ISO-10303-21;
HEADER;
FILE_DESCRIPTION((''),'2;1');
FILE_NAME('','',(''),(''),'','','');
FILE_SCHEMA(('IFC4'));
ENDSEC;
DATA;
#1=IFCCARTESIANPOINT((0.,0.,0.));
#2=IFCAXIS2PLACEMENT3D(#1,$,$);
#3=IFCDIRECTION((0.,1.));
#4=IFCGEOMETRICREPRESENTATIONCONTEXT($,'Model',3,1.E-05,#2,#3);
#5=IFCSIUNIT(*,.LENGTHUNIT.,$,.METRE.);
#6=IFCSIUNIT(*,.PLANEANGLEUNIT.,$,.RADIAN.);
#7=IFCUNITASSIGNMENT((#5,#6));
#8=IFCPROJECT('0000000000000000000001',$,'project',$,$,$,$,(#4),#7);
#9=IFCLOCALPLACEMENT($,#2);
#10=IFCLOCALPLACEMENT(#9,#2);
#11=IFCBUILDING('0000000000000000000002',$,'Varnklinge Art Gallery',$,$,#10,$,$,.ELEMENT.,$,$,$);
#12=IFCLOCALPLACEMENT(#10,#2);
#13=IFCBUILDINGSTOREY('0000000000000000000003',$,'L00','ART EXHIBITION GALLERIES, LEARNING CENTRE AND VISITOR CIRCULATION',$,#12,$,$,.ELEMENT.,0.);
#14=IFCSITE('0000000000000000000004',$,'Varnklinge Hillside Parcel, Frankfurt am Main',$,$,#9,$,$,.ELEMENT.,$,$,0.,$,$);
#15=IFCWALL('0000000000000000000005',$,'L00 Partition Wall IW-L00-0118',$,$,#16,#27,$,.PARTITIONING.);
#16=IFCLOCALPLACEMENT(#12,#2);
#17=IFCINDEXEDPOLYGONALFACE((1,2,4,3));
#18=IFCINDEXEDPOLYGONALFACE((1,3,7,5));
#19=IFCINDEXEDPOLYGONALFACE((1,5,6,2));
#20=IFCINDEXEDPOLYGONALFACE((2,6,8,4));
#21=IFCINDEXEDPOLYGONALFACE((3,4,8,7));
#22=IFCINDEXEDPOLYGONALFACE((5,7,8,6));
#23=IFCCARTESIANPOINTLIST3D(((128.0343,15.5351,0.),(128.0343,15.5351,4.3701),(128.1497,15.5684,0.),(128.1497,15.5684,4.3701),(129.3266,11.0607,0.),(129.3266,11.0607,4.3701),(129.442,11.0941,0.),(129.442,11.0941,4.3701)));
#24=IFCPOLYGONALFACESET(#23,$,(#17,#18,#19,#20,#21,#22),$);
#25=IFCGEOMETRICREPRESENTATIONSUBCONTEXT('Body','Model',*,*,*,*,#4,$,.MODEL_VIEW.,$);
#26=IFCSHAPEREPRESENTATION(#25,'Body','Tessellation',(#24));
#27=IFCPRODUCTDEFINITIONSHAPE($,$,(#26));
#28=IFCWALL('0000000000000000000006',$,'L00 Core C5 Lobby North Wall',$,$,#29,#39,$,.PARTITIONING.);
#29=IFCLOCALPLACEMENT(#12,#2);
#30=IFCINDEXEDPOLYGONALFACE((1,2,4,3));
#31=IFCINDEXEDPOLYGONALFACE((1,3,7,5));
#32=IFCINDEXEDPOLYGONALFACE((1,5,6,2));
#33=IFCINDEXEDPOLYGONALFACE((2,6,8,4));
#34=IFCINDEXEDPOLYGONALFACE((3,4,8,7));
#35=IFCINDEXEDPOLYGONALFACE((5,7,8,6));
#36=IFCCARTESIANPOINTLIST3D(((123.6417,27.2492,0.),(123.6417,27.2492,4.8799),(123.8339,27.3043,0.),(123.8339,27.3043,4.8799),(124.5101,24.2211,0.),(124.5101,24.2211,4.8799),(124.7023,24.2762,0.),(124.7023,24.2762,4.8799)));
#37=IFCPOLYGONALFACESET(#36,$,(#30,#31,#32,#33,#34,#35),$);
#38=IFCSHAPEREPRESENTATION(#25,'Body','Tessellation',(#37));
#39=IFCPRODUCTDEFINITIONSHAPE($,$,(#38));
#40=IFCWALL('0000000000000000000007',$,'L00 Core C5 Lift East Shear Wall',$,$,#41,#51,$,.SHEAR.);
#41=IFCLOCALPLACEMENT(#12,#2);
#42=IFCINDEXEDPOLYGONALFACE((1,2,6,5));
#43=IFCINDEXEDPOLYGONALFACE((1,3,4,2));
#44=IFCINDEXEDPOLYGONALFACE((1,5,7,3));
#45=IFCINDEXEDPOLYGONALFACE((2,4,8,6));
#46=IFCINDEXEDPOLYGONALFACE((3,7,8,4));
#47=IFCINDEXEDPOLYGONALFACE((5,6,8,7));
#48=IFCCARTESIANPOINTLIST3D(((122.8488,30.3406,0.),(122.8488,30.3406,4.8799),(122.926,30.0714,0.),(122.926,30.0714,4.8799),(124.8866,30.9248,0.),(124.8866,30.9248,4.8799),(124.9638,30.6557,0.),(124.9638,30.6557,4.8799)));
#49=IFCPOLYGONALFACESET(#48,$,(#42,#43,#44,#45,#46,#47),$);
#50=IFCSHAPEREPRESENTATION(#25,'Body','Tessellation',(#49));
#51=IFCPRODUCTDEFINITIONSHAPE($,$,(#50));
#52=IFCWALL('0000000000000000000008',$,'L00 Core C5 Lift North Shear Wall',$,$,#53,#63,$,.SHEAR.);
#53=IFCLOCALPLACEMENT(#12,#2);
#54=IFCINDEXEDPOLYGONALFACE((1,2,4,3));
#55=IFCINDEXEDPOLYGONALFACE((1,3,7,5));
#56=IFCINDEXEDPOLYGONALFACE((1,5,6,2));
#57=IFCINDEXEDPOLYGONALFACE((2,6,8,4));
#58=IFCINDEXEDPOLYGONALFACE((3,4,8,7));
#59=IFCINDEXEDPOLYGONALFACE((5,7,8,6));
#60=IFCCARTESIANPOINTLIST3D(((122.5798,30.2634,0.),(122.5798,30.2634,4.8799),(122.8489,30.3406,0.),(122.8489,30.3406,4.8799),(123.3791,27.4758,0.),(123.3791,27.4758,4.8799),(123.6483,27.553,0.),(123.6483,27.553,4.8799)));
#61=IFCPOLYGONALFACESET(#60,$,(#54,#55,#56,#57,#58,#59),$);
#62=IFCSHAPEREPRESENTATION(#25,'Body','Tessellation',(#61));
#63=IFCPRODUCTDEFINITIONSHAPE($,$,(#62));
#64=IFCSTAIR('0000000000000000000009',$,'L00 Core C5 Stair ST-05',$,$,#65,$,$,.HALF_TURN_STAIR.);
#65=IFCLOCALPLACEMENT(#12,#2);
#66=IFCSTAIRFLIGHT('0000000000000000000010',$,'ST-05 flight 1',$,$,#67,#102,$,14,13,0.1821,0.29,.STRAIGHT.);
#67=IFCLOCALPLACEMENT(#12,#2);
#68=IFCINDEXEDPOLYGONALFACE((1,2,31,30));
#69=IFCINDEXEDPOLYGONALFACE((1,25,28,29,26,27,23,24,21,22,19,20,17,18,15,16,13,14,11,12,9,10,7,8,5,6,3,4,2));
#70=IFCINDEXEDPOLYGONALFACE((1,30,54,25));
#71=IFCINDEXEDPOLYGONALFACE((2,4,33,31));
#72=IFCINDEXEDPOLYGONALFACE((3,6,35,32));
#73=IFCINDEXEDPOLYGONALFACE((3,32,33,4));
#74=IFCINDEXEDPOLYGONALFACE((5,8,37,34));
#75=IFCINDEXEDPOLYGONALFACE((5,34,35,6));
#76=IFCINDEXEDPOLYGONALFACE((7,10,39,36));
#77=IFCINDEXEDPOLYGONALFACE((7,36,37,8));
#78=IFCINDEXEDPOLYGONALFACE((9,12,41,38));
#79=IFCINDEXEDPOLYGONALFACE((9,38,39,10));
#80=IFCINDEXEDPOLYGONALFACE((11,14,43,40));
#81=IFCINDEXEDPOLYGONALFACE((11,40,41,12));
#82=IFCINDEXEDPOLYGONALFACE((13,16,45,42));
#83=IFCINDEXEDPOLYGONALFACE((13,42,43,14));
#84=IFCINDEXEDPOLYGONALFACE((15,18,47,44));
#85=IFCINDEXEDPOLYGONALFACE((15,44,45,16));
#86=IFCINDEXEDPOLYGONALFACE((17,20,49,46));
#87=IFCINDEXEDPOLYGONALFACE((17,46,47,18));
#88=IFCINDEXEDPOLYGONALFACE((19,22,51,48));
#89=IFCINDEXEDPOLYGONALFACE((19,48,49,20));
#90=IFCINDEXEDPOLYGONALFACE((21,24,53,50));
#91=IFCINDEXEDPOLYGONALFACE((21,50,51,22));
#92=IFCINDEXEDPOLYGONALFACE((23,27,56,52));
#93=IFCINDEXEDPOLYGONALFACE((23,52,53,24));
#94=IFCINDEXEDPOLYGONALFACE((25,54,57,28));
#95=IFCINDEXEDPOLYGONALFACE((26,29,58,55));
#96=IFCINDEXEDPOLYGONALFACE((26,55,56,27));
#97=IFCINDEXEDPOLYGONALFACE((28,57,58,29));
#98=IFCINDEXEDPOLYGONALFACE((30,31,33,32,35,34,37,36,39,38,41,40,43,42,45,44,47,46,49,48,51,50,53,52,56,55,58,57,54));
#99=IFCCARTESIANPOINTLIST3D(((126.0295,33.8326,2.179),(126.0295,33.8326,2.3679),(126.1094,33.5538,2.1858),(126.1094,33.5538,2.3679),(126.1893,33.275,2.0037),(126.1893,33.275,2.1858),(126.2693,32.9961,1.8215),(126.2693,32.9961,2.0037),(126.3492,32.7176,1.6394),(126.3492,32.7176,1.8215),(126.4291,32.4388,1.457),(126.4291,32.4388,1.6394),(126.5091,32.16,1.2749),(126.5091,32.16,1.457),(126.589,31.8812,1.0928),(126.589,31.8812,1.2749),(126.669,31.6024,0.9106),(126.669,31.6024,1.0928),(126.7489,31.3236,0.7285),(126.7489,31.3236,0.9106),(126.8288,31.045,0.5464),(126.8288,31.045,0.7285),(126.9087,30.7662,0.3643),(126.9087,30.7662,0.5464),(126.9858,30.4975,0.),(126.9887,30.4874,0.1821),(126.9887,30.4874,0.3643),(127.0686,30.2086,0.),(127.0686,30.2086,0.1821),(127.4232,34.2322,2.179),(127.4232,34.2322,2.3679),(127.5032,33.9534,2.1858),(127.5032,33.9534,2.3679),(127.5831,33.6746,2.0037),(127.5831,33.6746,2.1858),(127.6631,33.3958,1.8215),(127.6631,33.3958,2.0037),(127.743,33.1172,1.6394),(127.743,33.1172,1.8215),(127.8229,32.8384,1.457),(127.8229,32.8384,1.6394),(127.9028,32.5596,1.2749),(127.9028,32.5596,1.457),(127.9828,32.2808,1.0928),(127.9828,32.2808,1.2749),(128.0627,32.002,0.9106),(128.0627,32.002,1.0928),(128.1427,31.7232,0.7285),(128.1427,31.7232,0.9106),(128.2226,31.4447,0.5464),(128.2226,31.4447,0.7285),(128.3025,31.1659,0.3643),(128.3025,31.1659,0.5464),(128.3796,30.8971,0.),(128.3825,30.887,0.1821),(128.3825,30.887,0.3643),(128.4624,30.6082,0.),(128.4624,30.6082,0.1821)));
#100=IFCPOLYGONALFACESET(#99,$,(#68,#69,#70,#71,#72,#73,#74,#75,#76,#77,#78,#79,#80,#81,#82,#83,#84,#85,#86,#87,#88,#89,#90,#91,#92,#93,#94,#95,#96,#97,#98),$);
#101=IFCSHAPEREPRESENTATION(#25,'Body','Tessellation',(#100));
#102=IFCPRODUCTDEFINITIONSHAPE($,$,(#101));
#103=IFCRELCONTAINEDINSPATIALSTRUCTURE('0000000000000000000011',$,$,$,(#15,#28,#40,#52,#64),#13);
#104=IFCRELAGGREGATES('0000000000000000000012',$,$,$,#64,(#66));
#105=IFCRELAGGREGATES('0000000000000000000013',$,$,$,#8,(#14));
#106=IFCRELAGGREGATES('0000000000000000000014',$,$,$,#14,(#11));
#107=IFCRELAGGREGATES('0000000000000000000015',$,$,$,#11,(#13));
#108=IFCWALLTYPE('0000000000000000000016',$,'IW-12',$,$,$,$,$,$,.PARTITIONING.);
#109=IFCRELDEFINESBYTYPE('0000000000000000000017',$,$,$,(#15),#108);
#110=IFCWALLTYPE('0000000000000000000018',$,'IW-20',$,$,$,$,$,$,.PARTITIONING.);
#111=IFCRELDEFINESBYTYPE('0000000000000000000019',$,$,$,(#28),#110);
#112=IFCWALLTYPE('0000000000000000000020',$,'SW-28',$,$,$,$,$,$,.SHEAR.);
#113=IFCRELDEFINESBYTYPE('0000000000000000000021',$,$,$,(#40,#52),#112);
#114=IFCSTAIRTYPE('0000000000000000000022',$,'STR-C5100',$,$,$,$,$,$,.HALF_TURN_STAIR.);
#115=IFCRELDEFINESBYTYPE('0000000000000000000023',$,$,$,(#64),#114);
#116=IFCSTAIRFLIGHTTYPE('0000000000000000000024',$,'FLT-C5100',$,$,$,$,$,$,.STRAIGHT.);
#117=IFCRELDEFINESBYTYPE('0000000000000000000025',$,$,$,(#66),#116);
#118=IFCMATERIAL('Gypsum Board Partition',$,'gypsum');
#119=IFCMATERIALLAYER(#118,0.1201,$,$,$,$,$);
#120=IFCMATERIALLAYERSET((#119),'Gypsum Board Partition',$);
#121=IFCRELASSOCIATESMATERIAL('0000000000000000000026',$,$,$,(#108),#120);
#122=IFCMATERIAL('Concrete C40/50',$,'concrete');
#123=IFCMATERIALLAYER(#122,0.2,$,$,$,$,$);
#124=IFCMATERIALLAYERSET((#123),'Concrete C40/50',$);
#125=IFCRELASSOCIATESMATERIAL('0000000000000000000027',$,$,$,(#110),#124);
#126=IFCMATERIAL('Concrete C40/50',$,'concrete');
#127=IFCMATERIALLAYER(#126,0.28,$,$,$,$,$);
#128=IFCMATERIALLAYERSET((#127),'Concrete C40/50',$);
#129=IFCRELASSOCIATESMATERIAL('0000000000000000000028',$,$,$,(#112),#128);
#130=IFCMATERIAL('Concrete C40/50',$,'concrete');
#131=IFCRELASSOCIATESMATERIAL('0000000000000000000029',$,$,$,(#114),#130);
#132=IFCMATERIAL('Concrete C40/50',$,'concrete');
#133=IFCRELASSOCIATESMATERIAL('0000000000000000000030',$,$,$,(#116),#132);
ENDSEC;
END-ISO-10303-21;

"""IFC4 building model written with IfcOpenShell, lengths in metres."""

from ifc_helpers import new_model, si_unit, direction, frame, frame_2d, origin, place, context, subcontext, project, spatial, polyline, rectangle, outline, extrude, material, layer, layer_set, type_object, element, aggregate, save


model = new_model("IFC4")

# Units and contexts
model_context = context("Model", 3, precision=1e-05, world=origin(), true_north=direction((0.0, 1.0)))
body_context = subcontext(model_context, "Body", "Model", "MODEL_VIEW")
ifc_project = project(units=[si_unit("LENGTHUNIT", "METRE"), si_unit("PLANEANGLEUNIT", "RADIAN")], contexts=[model_context])

# Site, building, storey
site_placement = place(None, origin())
site = spatial("IfcSite", under=ifc_project, at=site_placement, Name="Varnklinge Hillside Parcel, Frankfurt am Main", CompositionType="ELEMENT", RefElevation=0.0)
building_placement = place(site_placement, origin())
building = spatial("IfcBuilding", under=site, at=building_placement, Name="Varnklinge Art Gallery", CompositionType="ELEMENT")
storey_placement = place(building_placement, origin())
storey = spatial("IfcBuildingStorey", under=building, at=storey_placement, Name="L00", Description="ART EXHIBITION GALLERIES, LEARNING CENTRE AND VISITOR CIRCULATION", CompositionType="ELEMENT", Elevation=0.0)

# Shared definitions
ifc_material_1 = material(Name="Gypsum Board Partition", Category="gypsum")
ifc_layer_1 = layer(ifc_material_1, 0.1201)
ifc_layer_set_1 = layer_set([ifc_layer_1], Name="Gypsum Board Partition")
wall_type_1 = type_object("IfcWallType", Name="IW-12", PredefinedType="PARTITIONING", material=ifc_layer_set_1)

# Walls
wall_1_placement = place(storey_placement, frame((128.092, 15.5518, 0.0), z_axis=(0.0, 0.0, 1.0), x_axis=(0.277469, -0.960735, 0.0)))
element("IfcWall", 1, at=wall_1_placement, inside=storey, type_object=wall_type_1, Name="L00 Partition Wall IW-L00-0118", PredefinedType="PARTITIONING", context=body_context, shape_type="SweptSolid", body=[
    extrude(rectangle(XDim=4.6572, YDim=0.1201, at=frame_2d((2.3286, 0.0))), origin(), (0.0, 0.0, 1.0), 4.3701),
])
ifc_material_2 = material(Name="Concrete C40/50", Category="concrete")
ifc_layer_2 = layer(ifc_material_2, 0.2)
ifc_layer_set_2 = layer_set([ifc_layer_2], Name="Concrete C40/50")
wall_type_2 = type_object("IfcWallType", Name="IW-20", PredefinedType="PARTITIONING", material=ifc_layer_set_2)
wall_2_placement = place(storey_placement, frame((123.7378, 27.2769, 0.0), z_axis=(0.0, 0.0, 1.0), x_axis=(0.275673, -0.961251, 0.0)))
element("IfcWall", 2, at=wall_2_placement, inside=storey, type_object=wall_type_2, Name="L00 Core C5 Lobby North Wall", PredefinedType="PARTITIONING", context=body_context, shape_type="SweptSolid", body=[
    extrude(rectangle(XDim=3.1501, YDim=0.2, at=frame_2d((1.5752, 0.0))), origin(), (0.0, 0.0, 1.0), 4.8799),
])
ifc_material_3 = material(Name="Concrete C40/50", Category="concrete")
ifc_layer_3 = layer(ifc_material_3, 0.28)
ifc_layer_set_3 = layer_set([ifc_layer_3], Name="Concrete C40/50")
wall_type_3 = type_object("IfcWallType", Name="SW-28", PredefinedType="SHEAR", material=ifc_layer_set_3)
wall_3_placement = place(storey_placement, frame((124.9253, 30.7903, 0.0), z_axis=(0.0, 0.0, 1.0), x_axis=(-0.961276, -0.275588, 0.0)))
element("IfcWall", 3, at=wall_3_placement, inside=storey, type_object=wall_type_3, Name="L00 Core C5 Lift East Shear Wall", PredefinedType="SHEAR", context=body_context, shape_type="SweptSolid", body=[
    extrude(rectangle(XDim=2.1199, YDim=0.28, at=frame_2d((1.0601, 0.0))), origin(), (0.0, 0.0, 1.0), 4.8799),
])
wall_4_placement = place(storey_placement, frame((122.7144, 30.302, 0.0), z_axis=(0.0, 0.0, 1.0), x_axis=(0.275633, -0.961263, 0.0)))
element("IfcWall", 4, at=wall_4_placement, inside=storey, type_object=wall_type_3, Name="L00 Core C5 Lift North Shear Wall", PredefinedType="SHEAR", context=body_context, shape_type="SweptSolid", body=[
    extrude(rectangle(XDim=2.8999, YDim=0.28, at=frame_2d((1.45, 0.0))), origin(), (0.0, 0.0, 1.0), 4.8799),
])

# Stair, stair flight
ifc_material_4 = material(Name="Concrete C40/50", Category="concrete")
stair_type = type_object("IfcStairType", Name="STR-C5100", PredefinedType="HALF_TURN_STAIR", material=ifc_material_4)
stair_placement = place(storey_placement, origin())
stair = element("IfcStair", 5, at=stair_placement, inside=storey, type_object=stair_type, Name="L00 Core C5 Stair ST-05", PredefinedType="HALF_TURN_STAIR")
ifc_material_5 = material(Name="Concrete C40/50", Category="concrete")
stair_flight_type = type_object("IfcStairFlightType", Name="FLT-C5100", PredefinedType="STRAIGHT", material=ifc_material_5)
stair_flight_placement = place(storey_placement, frame((127.7656, 30.4084, 0.0), z_axis=(0.0, 0.0, 1.0), x_axis=(-0.275637, 0.961262, 0.0)))
stair_flight = element("IfcStairFlight", 6, at=stair_flight_placement, type_object=stair_flight_type, Name="ST-05 flight 1", NumberOfRisers=14, NumberOfTreads=13, PredefinedType="STRAIGHT", RiserHeight=0.1821, TreadLength=0.29, context=body_context, shape_type="SweptSolid", body=[
    extrude(outline(polyline([(0.0, 0.0), (0.0, 0.1821), (0.29, 0.1821), (0.29, 0.3643), (0.5801, 0.3643), (0.5801, 0.5464), (0.8701, 0.5464), (0.8701, 0.7285), (1.1599, 0.7285), (1.1599, 0.9106), (1.45, 0.9106), (1.45, 1.0928), (1.74, 1.0928), (1.74, 1.2749), (2.03, 1.2749), (2.03, 1.457), (2.3201, 1.457), (2.3201, 1.6394), (2.6101, 1.6394), (2.6101, 1.8215), (2.8999, 1.8215), (2.8999, 2.0037), (3.1899, 2.0037), (3.1899, 2.1858), (3.48, 2.1858), (3.48, 2.3679), (3.77, 2.3679), (3.77, 2.55), (3.77, 2.179), (0.3005, 0.0), (0.0, 0.0)])), frame((0.0, 0.7251, 0.0), z_axis=(0.0, -1.0, 0.0), x_axis=(1.0, 0.0, 0.0)), (0.0, 0.0, 1.0), 1.45),
])
aggregate(stair, [stair_flight])

save(model, "model.ifc")
